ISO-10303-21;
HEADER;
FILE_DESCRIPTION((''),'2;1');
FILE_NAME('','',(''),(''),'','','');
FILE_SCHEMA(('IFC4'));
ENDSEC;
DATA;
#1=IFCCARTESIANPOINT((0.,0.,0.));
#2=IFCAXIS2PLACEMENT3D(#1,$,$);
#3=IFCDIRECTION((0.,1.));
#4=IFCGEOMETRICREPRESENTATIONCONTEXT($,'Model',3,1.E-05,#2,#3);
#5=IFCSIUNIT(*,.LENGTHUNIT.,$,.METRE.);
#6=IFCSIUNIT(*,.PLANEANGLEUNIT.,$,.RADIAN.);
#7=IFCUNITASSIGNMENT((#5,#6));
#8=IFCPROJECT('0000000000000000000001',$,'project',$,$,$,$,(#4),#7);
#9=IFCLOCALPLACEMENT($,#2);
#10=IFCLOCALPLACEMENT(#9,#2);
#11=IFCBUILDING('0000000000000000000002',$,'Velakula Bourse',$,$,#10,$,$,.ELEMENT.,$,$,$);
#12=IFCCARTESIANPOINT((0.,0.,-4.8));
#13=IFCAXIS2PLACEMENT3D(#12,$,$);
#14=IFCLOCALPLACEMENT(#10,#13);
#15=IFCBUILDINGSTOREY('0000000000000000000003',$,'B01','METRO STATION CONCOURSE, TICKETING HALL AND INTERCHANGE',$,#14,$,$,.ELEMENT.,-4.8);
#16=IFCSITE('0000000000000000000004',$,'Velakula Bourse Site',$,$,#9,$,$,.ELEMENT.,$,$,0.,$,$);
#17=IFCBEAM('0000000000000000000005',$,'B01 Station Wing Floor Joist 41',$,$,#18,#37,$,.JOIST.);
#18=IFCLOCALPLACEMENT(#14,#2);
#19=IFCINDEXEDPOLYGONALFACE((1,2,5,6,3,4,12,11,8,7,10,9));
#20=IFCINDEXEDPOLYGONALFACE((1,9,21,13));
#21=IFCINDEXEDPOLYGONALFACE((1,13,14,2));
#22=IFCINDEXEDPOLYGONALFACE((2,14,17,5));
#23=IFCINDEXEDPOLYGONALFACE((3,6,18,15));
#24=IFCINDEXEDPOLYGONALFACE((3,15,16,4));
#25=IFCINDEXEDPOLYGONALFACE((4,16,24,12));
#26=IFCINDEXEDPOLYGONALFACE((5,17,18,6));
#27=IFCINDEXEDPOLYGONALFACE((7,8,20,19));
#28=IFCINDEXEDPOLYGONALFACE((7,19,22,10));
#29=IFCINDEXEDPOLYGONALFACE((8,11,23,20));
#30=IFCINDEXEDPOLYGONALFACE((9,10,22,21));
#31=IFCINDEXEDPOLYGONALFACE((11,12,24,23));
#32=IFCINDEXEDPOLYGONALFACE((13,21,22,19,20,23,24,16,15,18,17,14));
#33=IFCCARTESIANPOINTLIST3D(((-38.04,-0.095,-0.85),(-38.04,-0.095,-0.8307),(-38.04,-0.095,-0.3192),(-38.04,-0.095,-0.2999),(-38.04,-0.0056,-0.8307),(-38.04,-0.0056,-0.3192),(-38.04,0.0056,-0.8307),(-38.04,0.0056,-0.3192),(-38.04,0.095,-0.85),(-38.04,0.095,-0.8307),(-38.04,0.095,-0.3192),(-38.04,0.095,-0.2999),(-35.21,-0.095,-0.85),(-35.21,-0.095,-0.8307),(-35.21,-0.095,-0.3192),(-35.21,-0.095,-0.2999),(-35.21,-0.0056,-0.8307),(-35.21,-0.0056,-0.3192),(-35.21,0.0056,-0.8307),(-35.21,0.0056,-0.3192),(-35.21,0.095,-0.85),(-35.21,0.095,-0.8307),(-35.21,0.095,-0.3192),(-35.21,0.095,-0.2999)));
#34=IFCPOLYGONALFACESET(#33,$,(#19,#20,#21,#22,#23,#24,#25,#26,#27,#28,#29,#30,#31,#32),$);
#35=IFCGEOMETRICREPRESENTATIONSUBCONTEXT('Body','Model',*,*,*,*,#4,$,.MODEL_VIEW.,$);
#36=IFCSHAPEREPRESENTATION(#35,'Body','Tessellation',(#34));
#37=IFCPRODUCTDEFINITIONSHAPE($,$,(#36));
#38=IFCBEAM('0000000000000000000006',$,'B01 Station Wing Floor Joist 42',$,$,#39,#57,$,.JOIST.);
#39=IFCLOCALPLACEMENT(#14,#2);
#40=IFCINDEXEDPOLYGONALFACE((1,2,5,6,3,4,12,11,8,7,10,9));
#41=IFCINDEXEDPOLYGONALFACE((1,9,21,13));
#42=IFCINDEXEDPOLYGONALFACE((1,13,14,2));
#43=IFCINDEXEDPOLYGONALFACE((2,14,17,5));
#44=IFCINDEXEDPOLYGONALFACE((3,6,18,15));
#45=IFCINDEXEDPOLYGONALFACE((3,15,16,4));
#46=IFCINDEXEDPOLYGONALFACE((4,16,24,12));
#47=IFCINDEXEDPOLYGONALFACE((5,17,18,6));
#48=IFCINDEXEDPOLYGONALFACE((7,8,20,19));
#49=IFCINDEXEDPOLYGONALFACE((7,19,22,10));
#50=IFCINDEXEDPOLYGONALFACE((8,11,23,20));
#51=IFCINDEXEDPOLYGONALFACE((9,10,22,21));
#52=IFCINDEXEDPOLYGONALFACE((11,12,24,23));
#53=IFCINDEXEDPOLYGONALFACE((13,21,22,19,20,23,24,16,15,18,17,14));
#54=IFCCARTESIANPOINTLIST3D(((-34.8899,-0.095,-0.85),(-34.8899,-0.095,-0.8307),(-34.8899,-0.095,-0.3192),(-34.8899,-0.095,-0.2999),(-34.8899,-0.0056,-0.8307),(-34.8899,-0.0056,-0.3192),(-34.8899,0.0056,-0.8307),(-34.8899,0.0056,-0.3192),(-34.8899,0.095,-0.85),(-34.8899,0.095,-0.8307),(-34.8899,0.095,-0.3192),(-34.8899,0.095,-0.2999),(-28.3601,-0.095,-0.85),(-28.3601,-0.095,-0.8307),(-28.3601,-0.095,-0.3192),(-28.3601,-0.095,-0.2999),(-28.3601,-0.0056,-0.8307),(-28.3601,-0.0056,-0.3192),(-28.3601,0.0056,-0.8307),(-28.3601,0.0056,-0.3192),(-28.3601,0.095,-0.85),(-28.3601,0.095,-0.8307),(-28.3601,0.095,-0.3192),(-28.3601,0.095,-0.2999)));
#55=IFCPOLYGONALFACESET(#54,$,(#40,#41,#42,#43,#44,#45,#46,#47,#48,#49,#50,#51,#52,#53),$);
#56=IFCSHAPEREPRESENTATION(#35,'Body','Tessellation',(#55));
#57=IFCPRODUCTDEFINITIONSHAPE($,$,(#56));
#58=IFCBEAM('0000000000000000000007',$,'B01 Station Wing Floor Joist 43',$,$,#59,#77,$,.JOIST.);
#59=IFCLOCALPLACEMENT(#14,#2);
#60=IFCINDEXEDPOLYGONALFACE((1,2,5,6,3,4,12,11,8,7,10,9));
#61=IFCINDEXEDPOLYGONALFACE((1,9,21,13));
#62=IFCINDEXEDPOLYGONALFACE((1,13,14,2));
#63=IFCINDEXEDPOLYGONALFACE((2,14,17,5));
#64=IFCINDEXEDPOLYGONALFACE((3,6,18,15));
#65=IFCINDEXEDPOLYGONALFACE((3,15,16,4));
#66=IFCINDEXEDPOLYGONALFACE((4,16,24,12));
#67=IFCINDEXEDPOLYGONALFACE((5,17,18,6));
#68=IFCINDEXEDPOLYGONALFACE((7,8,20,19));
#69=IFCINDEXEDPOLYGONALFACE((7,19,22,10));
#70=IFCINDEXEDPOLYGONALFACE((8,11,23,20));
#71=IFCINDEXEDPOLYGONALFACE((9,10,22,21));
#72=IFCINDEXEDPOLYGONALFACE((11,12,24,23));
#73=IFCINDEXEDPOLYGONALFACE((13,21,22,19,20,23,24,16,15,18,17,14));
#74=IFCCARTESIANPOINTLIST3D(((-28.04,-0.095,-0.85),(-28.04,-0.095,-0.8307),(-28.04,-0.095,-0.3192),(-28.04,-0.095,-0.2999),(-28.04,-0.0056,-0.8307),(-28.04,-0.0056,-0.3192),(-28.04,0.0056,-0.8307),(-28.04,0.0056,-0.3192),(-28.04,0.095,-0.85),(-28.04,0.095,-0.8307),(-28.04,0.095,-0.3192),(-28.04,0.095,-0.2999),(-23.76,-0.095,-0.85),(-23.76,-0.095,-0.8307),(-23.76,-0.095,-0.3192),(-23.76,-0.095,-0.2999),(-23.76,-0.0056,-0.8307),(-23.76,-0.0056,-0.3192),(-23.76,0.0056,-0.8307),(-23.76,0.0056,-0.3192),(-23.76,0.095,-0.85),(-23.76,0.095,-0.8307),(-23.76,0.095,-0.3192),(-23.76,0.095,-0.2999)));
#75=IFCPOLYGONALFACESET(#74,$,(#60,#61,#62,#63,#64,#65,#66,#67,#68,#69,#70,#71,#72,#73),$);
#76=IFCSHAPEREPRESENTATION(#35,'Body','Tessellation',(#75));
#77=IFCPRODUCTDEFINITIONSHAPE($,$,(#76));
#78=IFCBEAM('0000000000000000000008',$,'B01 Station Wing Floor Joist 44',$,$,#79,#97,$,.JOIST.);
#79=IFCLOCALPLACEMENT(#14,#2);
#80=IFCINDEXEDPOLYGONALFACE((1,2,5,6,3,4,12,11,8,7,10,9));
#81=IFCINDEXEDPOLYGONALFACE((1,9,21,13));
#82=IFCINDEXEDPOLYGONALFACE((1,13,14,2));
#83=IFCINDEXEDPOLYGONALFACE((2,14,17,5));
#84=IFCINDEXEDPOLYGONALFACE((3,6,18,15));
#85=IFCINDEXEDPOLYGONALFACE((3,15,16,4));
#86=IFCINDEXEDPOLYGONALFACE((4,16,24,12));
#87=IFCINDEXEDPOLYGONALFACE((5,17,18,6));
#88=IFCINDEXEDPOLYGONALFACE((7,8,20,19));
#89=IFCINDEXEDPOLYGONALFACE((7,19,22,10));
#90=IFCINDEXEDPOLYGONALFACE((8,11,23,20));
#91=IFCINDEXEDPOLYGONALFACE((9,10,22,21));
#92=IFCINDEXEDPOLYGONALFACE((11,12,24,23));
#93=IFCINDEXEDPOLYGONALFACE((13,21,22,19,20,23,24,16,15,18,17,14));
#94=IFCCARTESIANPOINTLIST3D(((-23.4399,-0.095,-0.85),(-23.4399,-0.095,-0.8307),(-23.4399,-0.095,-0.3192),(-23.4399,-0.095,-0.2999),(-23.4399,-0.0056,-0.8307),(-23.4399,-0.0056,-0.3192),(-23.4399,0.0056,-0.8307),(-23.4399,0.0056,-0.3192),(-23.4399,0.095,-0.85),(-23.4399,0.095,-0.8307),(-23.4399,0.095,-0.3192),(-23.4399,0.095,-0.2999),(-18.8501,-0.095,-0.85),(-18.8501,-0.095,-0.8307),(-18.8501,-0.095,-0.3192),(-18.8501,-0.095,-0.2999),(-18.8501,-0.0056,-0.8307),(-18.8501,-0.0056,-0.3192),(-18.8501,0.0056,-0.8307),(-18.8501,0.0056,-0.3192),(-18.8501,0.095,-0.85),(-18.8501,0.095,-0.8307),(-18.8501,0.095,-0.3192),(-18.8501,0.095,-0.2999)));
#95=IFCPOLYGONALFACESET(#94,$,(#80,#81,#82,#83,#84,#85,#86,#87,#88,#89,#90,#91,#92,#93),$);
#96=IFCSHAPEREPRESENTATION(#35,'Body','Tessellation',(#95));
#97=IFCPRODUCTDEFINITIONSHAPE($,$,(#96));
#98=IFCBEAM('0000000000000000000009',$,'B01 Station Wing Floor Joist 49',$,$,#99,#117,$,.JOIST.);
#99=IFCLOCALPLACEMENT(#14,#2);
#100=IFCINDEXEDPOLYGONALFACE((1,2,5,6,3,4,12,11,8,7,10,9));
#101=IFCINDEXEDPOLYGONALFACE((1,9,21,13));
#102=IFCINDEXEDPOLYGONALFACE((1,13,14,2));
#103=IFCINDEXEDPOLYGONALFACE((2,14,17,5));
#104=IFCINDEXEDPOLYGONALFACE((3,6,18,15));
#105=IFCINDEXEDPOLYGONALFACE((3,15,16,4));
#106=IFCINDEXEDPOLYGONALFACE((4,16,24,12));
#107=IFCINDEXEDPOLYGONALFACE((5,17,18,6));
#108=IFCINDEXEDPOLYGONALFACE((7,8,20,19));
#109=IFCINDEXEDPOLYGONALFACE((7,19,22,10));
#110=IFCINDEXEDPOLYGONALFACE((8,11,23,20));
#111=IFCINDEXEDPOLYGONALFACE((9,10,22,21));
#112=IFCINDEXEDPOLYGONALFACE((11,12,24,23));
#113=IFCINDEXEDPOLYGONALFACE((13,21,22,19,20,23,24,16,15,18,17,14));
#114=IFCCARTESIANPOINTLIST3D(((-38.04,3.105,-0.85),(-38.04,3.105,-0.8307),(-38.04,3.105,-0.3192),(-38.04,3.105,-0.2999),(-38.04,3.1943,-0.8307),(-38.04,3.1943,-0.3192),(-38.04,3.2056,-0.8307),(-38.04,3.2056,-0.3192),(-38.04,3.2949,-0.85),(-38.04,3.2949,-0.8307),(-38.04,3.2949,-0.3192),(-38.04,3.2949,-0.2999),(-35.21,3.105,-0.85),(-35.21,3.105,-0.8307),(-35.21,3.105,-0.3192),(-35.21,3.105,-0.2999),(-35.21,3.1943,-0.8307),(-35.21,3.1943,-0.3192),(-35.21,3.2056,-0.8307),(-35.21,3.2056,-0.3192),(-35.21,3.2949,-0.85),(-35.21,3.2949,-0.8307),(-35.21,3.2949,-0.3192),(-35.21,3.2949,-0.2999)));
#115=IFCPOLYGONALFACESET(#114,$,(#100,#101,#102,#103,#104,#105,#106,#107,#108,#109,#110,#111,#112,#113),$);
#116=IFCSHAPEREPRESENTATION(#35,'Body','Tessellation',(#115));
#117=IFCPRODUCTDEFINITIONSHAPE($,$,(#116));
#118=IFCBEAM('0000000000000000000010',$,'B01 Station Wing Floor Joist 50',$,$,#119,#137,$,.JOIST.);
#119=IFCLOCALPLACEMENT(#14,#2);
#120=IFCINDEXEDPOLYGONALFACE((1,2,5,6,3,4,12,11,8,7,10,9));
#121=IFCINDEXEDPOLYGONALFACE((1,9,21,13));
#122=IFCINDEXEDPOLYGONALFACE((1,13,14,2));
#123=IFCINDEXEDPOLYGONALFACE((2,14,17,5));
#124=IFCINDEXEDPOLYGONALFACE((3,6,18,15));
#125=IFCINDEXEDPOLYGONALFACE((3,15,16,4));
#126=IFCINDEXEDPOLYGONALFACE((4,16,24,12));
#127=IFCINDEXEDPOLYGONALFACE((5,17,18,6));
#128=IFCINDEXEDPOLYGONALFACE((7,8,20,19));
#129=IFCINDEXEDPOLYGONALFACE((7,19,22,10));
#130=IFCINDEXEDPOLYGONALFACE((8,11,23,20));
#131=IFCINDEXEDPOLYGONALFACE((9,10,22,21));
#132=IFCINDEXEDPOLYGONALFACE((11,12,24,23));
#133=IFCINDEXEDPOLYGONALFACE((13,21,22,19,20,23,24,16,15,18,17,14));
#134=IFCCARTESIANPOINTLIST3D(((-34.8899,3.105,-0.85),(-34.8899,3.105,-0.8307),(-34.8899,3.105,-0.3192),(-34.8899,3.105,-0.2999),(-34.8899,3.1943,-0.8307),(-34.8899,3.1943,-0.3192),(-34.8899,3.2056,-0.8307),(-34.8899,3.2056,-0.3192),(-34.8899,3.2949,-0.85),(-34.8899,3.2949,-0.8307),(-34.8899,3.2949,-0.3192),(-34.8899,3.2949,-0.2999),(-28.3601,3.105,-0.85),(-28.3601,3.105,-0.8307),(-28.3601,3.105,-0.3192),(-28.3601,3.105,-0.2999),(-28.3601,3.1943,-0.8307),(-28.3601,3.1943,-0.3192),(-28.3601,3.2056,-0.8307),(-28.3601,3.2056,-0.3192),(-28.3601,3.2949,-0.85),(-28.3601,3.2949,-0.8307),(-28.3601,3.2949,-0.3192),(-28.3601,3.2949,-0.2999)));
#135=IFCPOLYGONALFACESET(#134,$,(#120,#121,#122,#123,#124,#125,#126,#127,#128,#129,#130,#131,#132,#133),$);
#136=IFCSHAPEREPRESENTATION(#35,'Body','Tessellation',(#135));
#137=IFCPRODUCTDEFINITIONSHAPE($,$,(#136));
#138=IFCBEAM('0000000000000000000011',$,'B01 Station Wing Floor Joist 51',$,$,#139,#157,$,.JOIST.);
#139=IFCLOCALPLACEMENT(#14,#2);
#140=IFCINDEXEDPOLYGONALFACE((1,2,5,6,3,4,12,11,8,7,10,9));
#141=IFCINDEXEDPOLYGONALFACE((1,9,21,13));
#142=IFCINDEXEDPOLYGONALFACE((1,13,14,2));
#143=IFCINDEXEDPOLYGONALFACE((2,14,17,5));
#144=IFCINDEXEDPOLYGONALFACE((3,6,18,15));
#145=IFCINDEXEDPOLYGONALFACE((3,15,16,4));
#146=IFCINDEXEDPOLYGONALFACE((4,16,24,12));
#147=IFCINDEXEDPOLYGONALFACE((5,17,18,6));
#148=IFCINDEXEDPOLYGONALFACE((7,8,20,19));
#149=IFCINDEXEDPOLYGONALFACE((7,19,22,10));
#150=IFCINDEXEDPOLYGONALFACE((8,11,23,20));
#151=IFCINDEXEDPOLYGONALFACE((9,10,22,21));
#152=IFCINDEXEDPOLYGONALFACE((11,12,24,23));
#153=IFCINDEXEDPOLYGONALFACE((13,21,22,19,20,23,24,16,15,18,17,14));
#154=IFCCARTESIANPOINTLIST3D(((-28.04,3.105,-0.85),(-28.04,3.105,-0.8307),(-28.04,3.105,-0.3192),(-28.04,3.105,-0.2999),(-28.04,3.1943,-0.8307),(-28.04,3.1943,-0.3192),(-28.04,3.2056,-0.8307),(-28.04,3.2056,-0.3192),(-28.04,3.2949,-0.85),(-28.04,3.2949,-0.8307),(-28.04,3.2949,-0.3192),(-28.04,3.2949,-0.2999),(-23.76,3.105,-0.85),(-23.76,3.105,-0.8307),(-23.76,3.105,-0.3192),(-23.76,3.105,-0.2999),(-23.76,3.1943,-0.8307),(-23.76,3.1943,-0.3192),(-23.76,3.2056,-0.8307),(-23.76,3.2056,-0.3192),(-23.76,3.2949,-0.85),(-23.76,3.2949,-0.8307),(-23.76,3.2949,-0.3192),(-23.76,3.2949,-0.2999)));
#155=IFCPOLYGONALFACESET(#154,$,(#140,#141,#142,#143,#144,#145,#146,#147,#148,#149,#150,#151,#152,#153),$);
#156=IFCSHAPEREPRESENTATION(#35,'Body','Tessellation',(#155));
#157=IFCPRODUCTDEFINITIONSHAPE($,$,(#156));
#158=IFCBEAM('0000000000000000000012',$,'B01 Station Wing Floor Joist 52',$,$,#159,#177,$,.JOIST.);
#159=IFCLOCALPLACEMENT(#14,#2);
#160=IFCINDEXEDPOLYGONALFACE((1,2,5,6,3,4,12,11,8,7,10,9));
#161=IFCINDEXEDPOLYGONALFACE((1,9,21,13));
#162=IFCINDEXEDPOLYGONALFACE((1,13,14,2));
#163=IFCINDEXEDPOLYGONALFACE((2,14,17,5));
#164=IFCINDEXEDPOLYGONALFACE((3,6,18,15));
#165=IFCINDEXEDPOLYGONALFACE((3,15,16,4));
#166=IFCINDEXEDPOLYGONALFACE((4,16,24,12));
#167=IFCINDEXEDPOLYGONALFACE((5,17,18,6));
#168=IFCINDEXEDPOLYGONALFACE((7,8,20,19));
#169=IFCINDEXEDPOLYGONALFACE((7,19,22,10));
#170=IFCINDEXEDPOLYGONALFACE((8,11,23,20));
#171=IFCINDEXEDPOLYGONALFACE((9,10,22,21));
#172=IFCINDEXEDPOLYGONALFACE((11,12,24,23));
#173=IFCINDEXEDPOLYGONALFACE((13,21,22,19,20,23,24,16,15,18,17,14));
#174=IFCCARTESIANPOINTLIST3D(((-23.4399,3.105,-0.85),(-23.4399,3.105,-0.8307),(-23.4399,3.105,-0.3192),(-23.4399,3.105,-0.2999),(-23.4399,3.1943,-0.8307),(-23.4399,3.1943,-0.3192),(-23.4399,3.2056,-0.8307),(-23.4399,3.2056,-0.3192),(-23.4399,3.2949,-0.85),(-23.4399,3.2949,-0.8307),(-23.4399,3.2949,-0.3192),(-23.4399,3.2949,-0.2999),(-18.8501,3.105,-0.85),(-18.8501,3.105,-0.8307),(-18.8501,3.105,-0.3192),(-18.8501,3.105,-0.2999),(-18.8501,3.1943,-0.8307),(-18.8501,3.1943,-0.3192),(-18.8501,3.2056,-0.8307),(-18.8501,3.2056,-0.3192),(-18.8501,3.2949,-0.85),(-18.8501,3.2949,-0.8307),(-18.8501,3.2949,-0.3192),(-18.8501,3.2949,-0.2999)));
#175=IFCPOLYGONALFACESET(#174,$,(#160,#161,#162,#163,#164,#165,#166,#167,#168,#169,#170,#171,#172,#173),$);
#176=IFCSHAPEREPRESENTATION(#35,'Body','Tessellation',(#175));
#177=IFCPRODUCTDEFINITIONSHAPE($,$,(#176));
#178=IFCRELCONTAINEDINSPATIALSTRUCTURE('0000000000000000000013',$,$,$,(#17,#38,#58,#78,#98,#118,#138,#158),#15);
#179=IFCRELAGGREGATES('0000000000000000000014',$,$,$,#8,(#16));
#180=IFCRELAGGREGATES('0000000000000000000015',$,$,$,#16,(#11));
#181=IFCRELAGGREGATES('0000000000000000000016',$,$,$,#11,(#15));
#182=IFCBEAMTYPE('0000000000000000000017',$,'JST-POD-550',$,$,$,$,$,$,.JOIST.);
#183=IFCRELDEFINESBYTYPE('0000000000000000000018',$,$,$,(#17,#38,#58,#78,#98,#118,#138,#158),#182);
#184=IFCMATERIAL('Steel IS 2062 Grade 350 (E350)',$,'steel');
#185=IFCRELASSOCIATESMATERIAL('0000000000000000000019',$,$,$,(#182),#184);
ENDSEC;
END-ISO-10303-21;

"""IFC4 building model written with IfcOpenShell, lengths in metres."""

from ifc_helpers import new_model, si_unit, direction, frame, origin, origin_2d, place, context, subcontext, project, spatial, i_section, extrude, material, material_profile, profile_set, type_object, element, save


model = new_model("IFC4")

# Units and contexts
model_context = context("Model", 3, precision=1e-05, world=origin(), true_north=direction((0.0, 1.0)))
body_context = subcontext(model_context, "Body", "Model", "MODEL_VIEW")
ifc_project = project(units=[si_unit("LENGTHUNIT", "METRE"), si_unit("PLANEANGLEUNIT", "RADIAN")], contexts=[model_context])

# Site, building, storey
site_placement = place(None, origin())
site = spatial("IfcSite", under=ifc_project, at=site_placement, Name="Velakula Bourse Site", CompositionType="ELEMENT", RefElevation=0.0)
building_placement = place(site_placement, origin())
building = spatial("IfcBuilding", under=site, at=building_placement, Name="Velakula Bourse", CompositionType="ELEMENT")
storey_placement = place(building_placement, frame((0.0, 0.0, -4.8)))
storey = spatial("IfcBuildingStorey", under=building, at=storey_placement, Name="B01", Description="METRO STATION CONCOURSE, TICKETING HALL AND INTERCHANGE", CompositionType="ELEMENT", Elevation=-4.8)

# Beams
ifc_material_1 = material(Name="Steel IS 2062 Grade 350 (E350)", Category="steel")
ifc_material_profile_1 = material_profile(ifc_material_1, i_section(OverallWidth=0.1899, OverallDepth=0.55, WebThickness=0.0112, FlangeThickness=0.0193, at=origin_2d()), Name="Steel IS 2062 Grade 350 (E350)")
ifc_profile_set_1 = profile_set([ifc_material_profile_1], Name="Steel IS 2062 Grade 350 (E350)")
beam_type_1 = type_object("IfcBeamType", Name="JST-POD-550", PredefinedType="JOIST", material=ifc_profile_set_1)
beam_1_placement = place(storey_placement, frame((-38.04, 0.0, -0.575), z_axis=(1.0, 0.0, 0.0), x_axis=(0.0, 1.0, 0.0)))
element("IfcBeam", 1, at=beam_1_placement, inside=storey, type_object=beam_type_1, Name="B01 Station Wing Floor Joist 41", PredefinedType="JOIST", context=body_context, shape_type="SweptSolid", body=[
    extrude(i_section(OverallWidth=0.1899, OverallDepth=0.55, WebThickness=0.0112, FlangeThickness=0.0193, at=origin_2d()), origin(), (0.0, 0.0, 1.0), 2.8301),
])
beam_2_placement = place(storey_placement, frame((-34.8899, 0.0, -0.575), z_axis=(1.0, 0.0, 0.0), x_axis=(0.0, 1.0, 0.0)))
element("IfcBeam", 2, at=beam_2_placement, inside=storey, type_object=beam_type_1, Name="B01 Station Wing Floor Joist 42", PredefinedType="JOIST", context=body_context, shape_type="SweptSolid", body=[
    extrude(i_section(OverallWidth=0.1899, OverallDepth=0.55, WebThickness=0.0112, FlangeThickness=0.0193, at=origin_2d()), origin(), (0.0, 0.0, 1.0), 6.5298),
])
beam_3_placement = place(storey_placement, frame((-28.04, 0.0, -0.575), z_axis=(1.0, 0.0, 0.0), x_axis=(0.0, 1.0, 0.0)))
element("IfcBeam", 3, at=beam_3_placement, inside=storey, type_object=beam_type_1, Name="B01 Station Wing Floor Joist 43", PredefinedType="JOIST", context=body_context, shape_type="SweptSolid", body=[
    extrude(i_section(OverallWidth=0.1899, OverallDepth=0.55, WebThickness=0.0112, FlangeThickness=0.0193, at=origin_2d()), origin(), (0.0, 0.0, 1.0), 4.28),
])
beam_4_placement = place(storey_placement, frame((-23.4399, 0.0, -0.575), z_axis=(1.0, 0.0, 0.0), x_axis=(0.0, 1.0, 0.0)))
element("IfcBeam", 4, at=beam_4_placement, inside=storey, type_object=beam_type_1, Name="B01 Station Wing Floor Joist 44", PredefinedType="JOIST", context=body_context, shape_type="SweptSolid", body=[
    extrude(i_section(OverallWidth=0.1899, OverallDepth=0.55, WebThickness=0.0112, FlangeThickness=0.0193, at=origin_2d()), origin(), (0.0, 0.0, 1.0), 4.5898),
])
beam_5_placement = place(storey_placement, frame((-38.04, 3.2, -0.575), z_axis=(1.0, 0.0, 0.0), x_axis=(0.0, 1.0, 0.0)))
element("IfcBeam", 5, at=beam_5_placement, inside=storey, type_object=beam_type_1, Name="B01 Station Wing Floor Joist 49", PredefinedType="JOIST", context=body_context, shape_type="SweptSolid", body=[
    extrude(i_section(OverallWidth=0.1899, OverallDepth=0.55, WebThickness=0.0112, FlangeThickness=0.0193, at=origin_2d()), origin(), (0.0, 0.0, 1.0), 2.8301),
])
beam_6_placement = place(storey_placement, frame((-34.8899, 3.2, -0.575), z_axis=(1.0, 0.0, 0.0), x_axis=(0.0, 1.0, 0.0)))
element("IfcBeam", 6, at=beam_6_placement, inside=storey, type_object=beam_type_1, Name="B01 Station Wing Floor Joist 50", PredefinedType="JOIST", context=body_context, shape_type="SweptSolid", body=[
    extrude(i_section(OverallWidth=0.1899, OverallDepth=0.55, WebThickness=0.0112, FlangeThickness=0.0193, at=origin_2d()), origin(), (0.0, 0.0, 1.0), 6.5298),
])
beam_7_placement = place(storey_placement, frame((-28.04, 3.2, -0.575), z_axis=(1.0, 0.0, 0.0), x_axis=(0.0, 1.0, 0.0)))
element("IfcBeam", 7, at=beam_7_placement, inside=storey, type_object=beam_type_1, Name="B01 Station Wing Floor Joist 51", PredefinedType="JOIST", context=body_context, shape_type="SweptSolid", body=[
    extrude(i_section(OverallWidth=0.1899, OverallDepth=0.55, WebThickness=0.0112, FlangeThickness=0.0193, at=origin_2d()), origin(), (0.0, 0.0, 1.0), 4.28),
])
beam_8_placement = place(storey_placement, frame((-23.4399, 3.2, -0.575), z_axis=(1.0, 0.0, 0.0), x_axis=(0.0, 1.0, 0.0)))
element("IfcBeam", 8, at=beam_8_placement, inside=storey, type_object=beam_type_1, Name="B01 Station Wing Floor Joist 52", PredefinedType="JOIST", context=body_context, shape_type="SweptSolid", body=[
    extrude(i_section(OverallWidth=0.1899, OverallDepth=0.55, WebThickness=0.0112, FlangeThickness=0.0193, at=origin_2d()), origin(), (0.0, 0.0, 1.0), 4.5898),
])

save(model, "model.ifc")
